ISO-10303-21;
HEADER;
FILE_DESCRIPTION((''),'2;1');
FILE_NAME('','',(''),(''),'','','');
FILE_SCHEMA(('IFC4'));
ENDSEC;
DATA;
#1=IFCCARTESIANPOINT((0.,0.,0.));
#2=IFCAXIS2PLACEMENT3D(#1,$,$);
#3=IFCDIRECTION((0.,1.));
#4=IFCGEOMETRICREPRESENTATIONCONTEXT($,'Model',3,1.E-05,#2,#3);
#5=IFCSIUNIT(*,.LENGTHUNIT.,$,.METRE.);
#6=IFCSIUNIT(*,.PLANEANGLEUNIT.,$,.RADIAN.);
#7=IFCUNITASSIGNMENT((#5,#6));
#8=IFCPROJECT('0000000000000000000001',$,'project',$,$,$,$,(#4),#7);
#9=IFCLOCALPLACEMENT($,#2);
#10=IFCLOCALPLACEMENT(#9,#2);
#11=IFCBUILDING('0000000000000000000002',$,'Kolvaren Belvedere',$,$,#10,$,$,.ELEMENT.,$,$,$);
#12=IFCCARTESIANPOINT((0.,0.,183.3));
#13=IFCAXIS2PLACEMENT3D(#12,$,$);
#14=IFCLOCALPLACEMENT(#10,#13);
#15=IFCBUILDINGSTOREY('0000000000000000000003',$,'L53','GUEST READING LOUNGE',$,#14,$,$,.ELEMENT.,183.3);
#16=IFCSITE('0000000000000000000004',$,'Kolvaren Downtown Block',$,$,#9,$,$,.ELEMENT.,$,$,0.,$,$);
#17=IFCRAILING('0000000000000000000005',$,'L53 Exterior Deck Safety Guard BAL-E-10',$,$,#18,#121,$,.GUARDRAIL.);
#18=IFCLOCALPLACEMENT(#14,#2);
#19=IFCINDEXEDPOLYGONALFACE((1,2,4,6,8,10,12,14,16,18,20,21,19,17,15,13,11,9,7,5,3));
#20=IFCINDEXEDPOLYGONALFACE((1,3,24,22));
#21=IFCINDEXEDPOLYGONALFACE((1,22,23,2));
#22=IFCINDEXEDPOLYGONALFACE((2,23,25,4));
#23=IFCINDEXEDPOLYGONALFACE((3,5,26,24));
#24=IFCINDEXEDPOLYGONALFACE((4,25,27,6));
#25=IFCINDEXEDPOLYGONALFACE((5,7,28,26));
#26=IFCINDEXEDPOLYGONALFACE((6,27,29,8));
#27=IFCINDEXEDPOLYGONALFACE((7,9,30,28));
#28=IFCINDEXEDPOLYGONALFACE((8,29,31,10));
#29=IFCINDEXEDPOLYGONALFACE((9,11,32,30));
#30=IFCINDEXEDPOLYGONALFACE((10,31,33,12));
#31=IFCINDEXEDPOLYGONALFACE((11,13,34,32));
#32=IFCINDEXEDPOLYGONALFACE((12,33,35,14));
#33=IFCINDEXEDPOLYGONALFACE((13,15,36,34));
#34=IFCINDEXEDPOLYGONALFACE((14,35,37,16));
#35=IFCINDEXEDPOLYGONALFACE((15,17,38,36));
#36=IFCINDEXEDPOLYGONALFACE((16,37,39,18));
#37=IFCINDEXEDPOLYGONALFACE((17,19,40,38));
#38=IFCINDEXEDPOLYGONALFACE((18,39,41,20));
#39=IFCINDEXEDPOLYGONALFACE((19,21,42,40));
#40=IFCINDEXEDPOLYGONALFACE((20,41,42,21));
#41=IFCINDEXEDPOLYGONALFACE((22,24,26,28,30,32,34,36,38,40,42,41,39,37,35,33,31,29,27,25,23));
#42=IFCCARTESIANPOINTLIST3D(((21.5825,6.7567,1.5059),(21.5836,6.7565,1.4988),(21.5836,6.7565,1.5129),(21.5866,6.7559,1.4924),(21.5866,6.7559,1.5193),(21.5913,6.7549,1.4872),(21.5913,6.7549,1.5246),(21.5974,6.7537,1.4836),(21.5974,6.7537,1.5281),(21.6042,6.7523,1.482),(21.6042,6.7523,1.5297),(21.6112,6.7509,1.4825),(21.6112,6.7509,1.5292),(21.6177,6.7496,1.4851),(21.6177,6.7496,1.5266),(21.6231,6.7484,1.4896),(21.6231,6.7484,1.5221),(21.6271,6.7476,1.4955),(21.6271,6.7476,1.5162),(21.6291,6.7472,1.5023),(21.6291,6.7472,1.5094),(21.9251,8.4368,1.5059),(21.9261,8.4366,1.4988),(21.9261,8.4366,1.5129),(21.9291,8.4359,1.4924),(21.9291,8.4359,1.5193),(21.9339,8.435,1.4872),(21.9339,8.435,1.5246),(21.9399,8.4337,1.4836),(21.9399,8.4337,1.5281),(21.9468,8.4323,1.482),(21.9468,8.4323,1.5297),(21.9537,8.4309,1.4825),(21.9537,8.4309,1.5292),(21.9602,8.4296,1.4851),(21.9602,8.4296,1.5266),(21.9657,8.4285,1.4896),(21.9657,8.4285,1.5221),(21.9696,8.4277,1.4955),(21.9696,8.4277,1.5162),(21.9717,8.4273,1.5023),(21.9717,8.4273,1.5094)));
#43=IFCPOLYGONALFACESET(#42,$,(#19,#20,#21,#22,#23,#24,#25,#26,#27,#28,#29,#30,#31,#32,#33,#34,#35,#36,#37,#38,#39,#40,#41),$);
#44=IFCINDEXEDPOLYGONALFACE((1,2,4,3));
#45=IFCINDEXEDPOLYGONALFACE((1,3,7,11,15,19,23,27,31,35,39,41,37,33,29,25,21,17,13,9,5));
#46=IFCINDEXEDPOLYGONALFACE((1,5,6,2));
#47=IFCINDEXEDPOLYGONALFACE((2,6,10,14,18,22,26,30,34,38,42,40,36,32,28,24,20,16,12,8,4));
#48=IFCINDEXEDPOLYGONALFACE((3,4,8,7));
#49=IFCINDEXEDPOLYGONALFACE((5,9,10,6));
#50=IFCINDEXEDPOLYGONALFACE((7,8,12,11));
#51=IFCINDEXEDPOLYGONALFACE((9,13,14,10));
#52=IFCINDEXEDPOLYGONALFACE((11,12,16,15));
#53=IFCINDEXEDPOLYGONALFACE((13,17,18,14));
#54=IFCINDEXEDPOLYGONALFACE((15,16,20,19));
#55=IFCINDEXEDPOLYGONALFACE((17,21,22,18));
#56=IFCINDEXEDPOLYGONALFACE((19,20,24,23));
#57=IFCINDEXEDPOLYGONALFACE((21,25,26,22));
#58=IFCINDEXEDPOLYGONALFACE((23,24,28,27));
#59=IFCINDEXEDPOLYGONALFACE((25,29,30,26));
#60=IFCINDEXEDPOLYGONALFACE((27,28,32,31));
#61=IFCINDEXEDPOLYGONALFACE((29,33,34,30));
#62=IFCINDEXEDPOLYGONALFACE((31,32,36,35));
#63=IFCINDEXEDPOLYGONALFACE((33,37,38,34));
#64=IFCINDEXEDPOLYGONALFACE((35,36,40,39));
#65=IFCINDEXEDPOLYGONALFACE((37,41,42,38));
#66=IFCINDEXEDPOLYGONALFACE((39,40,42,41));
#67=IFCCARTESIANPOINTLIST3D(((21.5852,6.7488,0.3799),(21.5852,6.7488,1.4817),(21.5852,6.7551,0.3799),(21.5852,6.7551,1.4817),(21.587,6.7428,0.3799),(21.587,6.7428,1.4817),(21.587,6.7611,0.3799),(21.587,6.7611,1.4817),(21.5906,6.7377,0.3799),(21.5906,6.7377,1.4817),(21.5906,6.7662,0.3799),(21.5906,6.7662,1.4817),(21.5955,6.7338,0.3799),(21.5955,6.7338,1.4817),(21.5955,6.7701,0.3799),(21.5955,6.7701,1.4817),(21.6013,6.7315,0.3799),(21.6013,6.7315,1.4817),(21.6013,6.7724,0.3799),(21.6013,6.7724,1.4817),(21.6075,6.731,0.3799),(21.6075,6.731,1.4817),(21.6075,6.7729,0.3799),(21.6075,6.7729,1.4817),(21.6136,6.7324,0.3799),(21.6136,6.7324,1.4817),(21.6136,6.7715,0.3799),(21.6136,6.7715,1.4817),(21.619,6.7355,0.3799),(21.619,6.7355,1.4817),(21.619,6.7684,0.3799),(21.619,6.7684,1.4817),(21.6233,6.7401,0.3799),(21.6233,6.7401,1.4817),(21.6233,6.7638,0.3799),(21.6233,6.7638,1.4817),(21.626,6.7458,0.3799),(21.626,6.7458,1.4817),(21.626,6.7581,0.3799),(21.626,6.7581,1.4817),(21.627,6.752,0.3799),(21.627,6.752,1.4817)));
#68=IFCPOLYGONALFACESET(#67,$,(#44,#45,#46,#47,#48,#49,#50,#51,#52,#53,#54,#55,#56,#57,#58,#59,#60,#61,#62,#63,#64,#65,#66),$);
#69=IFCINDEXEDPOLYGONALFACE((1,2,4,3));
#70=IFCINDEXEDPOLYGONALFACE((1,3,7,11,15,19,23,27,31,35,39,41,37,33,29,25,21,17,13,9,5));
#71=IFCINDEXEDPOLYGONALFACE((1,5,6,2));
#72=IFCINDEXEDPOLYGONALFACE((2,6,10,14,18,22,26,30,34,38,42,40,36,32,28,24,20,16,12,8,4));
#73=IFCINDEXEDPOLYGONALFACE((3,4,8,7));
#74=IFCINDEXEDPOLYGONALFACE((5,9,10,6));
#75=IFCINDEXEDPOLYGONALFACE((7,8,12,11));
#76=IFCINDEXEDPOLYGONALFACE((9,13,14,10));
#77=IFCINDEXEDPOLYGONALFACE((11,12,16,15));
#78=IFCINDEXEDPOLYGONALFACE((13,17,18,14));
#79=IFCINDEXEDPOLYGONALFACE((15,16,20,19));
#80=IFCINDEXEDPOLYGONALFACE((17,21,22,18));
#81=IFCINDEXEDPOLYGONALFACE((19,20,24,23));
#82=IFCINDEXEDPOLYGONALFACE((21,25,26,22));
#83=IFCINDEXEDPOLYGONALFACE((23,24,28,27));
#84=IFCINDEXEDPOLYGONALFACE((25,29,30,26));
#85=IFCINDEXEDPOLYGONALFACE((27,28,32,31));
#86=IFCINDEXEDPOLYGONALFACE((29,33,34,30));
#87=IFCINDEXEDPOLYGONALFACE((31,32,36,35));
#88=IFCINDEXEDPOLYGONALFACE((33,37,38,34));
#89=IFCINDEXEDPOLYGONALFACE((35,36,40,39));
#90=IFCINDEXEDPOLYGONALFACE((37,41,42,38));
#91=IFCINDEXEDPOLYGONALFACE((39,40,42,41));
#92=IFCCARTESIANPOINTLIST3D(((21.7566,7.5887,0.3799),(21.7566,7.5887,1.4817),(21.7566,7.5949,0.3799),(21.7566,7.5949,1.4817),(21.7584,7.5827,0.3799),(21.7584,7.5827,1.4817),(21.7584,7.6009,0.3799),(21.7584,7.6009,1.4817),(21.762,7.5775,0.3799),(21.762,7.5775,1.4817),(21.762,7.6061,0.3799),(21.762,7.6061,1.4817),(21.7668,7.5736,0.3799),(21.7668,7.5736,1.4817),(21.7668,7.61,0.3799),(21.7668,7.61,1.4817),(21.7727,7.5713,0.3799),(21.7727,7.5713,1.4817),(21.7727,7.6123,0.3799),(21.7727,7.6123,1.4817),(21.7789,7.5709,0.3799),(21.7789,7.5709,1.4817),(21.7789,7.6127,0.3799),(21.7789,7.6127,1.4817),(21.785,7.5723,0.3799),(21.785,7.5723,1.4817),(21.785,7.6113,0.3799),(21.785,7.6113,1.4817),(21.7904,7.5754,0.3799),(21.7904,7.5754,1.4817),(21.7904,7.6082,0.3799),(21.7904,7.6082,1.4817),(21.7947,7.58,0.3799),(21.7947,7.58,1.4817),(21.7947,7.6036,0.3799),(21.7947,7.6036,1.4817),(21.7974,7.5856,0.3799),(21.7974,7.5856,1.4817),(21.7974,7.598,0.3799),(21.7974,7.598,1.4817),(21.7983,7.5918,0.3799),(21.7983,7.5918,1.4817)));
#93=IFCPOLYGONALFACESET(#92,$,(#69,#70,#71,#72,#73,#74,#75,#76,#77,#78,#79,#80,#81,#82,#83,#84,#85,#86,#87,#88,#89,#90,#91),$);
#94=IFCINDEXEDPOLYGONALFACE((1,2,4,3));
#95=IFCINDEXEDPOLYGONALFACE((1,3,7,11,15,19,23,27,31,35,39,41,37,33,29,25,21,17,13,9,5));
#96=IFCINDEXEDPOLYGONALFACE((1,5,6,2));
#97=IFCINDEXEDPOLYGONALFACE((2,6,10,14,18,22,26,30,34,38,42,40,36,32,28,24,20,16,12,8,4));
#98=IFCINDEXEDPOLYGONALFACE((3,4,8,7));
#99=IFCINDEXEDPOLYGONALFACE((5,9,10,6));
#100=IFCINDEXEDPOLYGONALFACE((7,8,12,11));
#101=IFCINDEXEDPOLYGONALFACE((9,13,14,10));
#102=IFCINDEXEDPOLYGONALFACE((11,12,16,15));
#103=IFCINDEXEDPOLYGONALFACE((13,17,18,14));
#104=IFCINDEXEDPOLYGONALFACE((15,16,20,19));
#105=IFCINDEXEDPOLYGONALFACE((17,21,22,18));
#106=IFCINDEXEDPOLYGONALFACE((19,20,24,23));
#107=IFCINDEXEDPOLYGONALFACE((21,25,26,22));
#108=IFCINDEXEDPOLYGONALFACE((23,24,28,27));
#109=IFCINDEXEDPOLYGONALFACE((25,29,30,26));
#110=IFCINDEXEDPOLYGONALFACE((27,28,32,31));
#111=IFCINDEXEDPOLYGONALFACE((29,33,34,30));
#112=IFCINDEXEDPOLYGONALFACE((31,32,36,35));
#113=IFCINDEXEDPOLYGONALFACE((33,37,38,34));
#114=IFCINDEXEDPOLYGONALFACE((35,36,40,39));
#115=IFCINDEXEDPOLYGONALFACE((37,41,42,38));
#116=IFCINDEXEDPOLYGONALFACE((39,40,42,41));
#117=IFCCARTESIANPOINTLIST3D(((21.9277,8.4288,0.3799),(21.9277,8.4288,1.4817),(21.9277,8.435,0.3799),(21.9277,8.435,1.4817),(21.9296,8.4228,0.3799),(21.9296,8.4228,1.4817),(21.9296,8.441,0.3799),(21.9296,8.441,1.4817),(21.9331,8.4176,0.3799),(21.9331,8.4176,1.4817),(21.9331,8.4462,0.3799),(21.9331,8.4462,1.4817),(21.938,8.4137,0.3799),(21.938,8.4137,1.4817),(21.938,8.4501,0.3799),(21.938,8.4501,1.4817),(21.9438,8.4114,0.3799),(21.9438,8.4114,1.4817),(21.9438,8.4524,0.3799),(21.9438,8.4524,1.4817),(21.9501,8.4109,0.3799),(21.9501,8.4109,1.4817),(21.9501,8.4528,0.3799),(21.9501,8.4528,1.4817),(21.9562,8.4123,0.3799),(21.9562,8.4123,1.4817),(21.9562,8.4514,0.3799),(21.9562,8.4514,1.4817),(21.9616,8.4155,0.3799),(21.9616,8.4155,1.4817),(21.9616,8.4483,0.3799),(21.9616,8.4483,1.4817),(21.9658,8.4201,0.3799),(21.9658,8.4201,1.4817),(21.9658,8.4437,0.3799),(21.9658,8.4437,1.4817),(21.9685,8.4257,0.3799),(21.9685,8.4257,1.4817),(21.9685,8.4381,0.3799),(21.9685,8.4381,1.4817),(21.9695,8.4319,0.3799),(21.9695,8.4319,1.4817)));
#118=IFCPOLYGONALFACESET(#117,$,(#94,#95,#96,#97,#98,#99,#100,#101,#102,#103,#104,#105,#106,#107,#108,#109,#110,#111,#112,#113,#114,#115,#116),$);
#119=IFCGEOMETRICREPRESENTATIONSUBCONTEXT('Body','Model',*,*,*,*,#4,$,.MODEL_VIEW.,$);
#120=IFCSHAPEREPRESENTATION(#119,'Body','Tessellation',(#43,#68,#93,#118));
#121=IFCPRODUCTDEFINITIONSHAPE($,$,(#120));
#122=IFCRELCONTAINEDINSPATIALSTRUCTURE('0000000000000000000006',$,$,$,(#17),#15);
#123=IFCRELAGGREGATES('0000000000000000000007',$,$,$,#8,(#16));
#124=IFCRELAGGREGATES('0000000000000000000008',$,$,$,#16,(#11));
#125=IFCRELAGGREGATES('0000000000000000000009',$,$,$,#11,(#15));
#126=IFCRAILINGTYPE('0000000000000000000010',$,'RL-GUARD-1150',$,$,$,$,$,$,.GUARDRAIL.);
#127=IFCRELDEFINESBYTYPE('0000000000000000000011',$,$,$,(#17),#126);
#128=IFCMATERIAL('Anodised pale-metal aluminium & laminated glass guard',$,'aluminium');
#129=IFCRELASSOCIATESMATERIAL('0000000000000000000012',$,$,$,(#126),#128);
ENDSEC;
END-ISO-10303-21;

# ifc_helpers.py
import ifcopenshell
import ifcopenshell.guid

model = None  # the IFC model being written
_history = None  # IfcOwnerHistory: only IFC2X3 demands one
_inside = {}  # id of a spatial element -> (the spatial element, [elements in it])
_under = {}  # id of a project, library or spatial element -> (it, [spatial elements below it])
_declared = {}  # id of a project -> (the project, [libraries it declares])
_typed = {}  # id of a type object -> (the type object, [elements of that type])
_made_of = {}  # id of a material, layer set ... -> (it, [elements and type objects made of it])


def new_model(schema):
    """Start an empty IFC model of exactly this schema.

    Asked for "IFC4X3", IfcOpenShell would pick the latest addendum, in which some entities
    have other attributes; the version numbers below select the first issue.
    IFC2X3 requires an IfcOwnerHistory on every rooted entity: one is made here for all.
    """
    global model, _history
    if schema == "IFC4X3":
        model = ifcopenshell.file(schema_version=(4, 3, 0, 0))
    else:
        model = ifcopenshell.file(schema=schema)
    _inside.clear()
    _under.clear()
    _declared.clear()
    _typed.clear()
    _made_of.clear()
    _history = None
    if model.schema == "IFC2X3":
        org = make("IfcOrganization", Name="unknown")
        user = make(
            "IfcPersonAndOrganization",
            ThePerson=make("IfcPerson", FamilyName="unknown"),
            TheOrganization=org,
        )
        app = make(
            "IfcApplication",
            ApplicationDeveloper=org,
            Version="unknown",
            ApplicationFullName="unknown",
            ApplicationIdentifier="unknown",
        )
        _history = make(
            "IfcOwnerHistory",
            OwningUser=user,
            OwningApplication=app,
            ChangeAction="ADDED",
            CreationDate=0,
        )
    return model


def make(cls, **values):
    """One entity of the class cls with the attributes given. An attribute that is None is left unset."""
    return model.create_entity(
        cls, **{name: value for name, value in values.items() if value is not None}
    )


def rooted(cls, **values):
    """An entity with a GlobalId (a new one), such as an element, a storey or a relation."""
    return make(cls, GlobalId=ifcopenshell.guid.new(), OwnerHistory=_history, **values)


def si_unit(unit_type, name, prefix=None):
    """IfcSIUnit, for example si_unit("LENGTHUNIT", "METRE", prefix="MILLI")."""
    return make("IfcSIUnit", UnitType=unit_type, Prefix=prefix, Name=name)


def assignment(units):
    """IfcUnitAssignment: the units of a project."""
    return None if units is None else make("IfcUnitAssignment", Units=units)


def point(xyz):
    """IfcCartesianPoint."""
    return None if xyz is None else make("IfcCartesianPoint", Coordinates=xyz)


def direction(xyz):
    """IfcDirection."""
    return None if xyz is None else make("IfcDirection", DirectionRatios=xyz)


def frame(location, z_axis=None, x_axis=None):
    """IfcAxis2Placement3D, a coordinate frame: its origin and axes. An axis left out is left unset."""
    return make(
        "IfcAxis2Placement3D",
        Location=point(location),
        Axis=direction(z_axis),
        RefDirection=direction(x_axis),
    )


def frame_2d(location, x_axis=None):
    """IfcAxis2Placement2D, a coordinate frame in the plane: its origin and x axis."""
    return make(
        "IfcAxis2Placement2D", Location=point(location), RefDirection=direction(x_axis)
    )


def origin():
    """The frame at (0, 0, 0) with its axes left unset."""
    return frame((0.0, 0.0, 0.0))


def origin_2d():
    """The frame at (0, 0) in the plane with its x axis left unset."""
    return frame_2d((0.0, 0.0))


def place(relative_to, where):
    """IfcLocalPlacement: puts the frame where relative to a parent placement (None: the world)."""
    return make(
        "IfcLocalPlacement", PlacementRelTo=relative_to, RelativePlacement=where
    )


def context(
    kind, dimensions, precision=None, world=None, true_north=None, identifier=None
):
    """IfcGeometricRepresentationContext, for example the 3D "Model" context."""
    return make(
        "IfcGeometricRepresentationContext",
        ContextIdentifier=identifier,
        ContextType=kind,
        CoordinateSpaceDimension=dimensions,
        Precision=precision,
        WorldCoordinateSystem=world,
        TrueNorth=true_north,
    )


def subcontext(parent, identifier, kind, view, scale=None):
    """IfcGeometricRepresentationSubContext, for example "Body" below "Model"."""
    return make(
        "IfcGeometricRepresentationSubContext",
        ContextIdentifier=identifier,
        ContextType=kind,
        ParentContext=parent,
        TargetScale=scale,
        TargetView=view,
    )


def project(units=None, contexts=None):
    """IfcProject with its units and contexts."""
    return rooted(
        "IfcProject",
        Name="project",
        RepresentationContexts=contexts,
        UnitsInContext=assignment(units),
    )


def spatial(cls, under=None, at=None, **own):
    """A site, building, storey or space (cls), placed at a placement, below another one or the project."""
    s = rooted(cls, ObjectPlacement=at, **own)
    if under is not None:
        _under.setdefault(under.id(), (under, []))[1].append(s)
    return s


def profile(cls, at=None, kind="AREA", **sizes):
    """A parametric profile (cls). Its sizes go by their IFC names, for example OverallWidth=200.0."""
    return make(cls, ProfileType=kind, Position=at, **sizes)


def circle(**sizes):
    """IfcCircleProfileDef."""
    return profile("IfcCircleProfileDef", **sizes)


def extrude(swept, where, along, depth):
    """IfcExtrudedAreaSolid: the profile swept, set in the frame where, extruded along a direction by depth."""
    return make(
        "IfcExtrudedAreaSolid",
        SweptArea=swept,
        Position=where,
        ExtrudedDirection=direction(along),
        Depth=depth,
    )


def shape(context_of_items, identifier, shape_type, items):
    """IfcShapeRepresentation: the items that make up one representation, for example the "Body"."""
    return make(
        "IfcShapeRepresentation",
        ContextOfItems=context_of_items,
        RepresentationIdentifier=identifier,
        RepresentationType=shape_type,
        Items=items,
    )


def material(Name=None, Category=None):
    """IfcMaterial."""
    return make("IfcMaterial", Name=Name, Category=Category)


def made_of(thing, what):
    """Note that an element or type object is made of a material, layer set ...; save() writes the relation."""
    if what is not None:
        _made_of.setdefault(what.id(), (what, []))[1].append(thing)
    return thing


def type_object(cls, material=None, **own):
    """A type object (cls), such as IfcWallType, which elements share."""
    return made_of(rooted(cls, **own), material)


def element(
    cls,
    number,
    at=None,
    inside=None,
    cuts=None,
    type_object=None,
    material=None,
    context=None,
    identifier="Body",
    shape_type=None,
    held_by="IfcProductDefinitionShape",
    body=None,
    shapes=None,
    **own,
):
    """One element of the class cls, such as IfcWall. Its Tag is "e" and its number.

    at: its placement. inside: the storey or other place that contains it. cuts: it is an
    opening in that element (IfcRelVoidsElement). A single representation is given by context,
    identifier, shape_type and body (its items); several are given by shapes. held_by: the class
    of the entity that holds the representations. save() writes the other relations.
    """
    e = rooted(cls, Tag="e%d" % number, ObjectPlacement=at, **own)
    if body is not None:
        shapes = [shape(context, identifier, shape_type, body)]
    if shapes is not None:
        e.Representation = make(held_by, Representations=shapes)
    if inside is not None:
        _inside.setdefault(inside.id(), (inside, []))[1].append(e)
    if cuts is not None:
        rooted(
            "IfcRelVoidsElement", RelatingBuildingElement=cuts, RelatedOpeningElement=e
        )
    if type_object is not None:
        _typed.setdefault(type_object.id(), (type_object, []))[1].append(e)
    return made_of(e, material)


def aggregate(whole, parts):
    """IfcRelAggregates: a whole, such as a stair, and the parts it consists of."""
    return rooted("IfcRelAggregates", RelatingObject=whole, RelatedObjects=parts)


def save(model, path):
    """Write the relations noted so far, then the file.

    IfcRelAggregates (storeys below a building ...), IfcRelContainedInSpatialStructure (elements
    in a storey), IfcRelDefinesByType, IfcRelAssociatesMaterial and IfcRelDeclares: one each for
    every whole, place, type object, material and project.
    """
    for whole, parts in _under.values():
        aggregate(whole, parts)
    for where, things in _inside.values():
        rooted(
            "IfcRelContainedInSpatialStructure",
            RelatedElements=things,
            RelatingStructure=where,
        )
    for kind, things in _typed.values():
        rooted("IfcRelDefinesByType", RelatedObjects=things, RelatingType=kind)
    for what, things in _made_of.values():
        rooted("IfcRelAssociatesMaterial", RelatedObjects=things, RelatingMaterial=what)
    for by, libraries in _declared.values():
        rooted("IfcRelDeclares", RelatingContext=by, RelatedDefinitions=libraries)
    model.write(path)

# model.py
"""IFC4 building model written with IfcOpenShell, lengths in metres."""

from ifc_helpers import new_model, si_unit, direction, frame, origin, origin_2d, place, context, subcontext, project, spatial, circle, extrude, material, type_object, element, save


model = new_model("IFC4")

# Units and contexts
model_context = context("Model", 3, precision=1e-05, world=origin(), true_north=direction((0.0, 1.0)))
body_context = subcontext(model_context, "Body", "Model", "MODEL_VIEW")
ifc_project = project(units=[si_unit("LENGTHUNIT", "METRE"), si_unit("PLANEANGLEUNIT", "RADIAN")], contexts=[model_context])

# Site, building, storey
site_placement = place(None, origin())
site = spatial("IfcSite", under=ifc_project, at=site_placement, Name="Kolvaren Downtown Block", CompositionType="ELEMENT", RefElevation=0.0)
building_placement = place(site_placement, origin())
building = spatial("IfcBuilding", under=site, at=building_placement, Name="Kolvaren Belvedere", CompositionType="ELEMENT")
storey_placement = place(building_placement, frame((0.0, 0.0, 183.3)))
storey = spatial("IfcBuildingStorey", under=building, at=storey_placement, Name="L53", Description="GUEST READING LOUNGE", CompositionType="ELEMENT", Elevation=183.3)

# Railing
ifc_material_1 = material(Name="Anodised pale-metal aluminium & laminated glass guard", Category="aluminium")
railing_type = type_object("IfcRailingType", Name="RL-GUARD-1150", PredefinedType="GUARDRAIL", material=ifc_material_1)
railing_1_placement = place(storey_placement, frame((21.606, 6.752, 0.3799)))
element("IfcRailing", 1, at=railing_1_placement, inside=storey, type_object=railing_type, Name="L53 Exterior Deck Safety Guard BAL-E-10", PredefinedType="GUARDRAIL", context=body_context, shape_type="SweptSolid", body=[
    extrude(circle(Radius=0.0239, at=origin_2d()), frame((0.0, 0.0, 1.126), z_axis=(0.199784, 0.97984, 0.0), x_axis=(-0.97984, 0.199784, 0.0)), (0.0, 0.0, 1.0), 1.7146),
    extrude(circle(Radius=0.021, at=origin_2d()), origin(), (0.0, 0.0, 1.0), 1.1018),
    extrude(circle(Radius=0.021, at=origin_2d()), frame((0.1714, 0.8398, 0.0)), (0.0, 0.0, 1.0), 1.1018),
    extrude(circle(Radius=0.021, at=origin_2d()), frame((0.3425, 1.6799, 0.0)), (0.0, 0.0, 1.0), 1.1018),
])

save(model, "model.ifc")
